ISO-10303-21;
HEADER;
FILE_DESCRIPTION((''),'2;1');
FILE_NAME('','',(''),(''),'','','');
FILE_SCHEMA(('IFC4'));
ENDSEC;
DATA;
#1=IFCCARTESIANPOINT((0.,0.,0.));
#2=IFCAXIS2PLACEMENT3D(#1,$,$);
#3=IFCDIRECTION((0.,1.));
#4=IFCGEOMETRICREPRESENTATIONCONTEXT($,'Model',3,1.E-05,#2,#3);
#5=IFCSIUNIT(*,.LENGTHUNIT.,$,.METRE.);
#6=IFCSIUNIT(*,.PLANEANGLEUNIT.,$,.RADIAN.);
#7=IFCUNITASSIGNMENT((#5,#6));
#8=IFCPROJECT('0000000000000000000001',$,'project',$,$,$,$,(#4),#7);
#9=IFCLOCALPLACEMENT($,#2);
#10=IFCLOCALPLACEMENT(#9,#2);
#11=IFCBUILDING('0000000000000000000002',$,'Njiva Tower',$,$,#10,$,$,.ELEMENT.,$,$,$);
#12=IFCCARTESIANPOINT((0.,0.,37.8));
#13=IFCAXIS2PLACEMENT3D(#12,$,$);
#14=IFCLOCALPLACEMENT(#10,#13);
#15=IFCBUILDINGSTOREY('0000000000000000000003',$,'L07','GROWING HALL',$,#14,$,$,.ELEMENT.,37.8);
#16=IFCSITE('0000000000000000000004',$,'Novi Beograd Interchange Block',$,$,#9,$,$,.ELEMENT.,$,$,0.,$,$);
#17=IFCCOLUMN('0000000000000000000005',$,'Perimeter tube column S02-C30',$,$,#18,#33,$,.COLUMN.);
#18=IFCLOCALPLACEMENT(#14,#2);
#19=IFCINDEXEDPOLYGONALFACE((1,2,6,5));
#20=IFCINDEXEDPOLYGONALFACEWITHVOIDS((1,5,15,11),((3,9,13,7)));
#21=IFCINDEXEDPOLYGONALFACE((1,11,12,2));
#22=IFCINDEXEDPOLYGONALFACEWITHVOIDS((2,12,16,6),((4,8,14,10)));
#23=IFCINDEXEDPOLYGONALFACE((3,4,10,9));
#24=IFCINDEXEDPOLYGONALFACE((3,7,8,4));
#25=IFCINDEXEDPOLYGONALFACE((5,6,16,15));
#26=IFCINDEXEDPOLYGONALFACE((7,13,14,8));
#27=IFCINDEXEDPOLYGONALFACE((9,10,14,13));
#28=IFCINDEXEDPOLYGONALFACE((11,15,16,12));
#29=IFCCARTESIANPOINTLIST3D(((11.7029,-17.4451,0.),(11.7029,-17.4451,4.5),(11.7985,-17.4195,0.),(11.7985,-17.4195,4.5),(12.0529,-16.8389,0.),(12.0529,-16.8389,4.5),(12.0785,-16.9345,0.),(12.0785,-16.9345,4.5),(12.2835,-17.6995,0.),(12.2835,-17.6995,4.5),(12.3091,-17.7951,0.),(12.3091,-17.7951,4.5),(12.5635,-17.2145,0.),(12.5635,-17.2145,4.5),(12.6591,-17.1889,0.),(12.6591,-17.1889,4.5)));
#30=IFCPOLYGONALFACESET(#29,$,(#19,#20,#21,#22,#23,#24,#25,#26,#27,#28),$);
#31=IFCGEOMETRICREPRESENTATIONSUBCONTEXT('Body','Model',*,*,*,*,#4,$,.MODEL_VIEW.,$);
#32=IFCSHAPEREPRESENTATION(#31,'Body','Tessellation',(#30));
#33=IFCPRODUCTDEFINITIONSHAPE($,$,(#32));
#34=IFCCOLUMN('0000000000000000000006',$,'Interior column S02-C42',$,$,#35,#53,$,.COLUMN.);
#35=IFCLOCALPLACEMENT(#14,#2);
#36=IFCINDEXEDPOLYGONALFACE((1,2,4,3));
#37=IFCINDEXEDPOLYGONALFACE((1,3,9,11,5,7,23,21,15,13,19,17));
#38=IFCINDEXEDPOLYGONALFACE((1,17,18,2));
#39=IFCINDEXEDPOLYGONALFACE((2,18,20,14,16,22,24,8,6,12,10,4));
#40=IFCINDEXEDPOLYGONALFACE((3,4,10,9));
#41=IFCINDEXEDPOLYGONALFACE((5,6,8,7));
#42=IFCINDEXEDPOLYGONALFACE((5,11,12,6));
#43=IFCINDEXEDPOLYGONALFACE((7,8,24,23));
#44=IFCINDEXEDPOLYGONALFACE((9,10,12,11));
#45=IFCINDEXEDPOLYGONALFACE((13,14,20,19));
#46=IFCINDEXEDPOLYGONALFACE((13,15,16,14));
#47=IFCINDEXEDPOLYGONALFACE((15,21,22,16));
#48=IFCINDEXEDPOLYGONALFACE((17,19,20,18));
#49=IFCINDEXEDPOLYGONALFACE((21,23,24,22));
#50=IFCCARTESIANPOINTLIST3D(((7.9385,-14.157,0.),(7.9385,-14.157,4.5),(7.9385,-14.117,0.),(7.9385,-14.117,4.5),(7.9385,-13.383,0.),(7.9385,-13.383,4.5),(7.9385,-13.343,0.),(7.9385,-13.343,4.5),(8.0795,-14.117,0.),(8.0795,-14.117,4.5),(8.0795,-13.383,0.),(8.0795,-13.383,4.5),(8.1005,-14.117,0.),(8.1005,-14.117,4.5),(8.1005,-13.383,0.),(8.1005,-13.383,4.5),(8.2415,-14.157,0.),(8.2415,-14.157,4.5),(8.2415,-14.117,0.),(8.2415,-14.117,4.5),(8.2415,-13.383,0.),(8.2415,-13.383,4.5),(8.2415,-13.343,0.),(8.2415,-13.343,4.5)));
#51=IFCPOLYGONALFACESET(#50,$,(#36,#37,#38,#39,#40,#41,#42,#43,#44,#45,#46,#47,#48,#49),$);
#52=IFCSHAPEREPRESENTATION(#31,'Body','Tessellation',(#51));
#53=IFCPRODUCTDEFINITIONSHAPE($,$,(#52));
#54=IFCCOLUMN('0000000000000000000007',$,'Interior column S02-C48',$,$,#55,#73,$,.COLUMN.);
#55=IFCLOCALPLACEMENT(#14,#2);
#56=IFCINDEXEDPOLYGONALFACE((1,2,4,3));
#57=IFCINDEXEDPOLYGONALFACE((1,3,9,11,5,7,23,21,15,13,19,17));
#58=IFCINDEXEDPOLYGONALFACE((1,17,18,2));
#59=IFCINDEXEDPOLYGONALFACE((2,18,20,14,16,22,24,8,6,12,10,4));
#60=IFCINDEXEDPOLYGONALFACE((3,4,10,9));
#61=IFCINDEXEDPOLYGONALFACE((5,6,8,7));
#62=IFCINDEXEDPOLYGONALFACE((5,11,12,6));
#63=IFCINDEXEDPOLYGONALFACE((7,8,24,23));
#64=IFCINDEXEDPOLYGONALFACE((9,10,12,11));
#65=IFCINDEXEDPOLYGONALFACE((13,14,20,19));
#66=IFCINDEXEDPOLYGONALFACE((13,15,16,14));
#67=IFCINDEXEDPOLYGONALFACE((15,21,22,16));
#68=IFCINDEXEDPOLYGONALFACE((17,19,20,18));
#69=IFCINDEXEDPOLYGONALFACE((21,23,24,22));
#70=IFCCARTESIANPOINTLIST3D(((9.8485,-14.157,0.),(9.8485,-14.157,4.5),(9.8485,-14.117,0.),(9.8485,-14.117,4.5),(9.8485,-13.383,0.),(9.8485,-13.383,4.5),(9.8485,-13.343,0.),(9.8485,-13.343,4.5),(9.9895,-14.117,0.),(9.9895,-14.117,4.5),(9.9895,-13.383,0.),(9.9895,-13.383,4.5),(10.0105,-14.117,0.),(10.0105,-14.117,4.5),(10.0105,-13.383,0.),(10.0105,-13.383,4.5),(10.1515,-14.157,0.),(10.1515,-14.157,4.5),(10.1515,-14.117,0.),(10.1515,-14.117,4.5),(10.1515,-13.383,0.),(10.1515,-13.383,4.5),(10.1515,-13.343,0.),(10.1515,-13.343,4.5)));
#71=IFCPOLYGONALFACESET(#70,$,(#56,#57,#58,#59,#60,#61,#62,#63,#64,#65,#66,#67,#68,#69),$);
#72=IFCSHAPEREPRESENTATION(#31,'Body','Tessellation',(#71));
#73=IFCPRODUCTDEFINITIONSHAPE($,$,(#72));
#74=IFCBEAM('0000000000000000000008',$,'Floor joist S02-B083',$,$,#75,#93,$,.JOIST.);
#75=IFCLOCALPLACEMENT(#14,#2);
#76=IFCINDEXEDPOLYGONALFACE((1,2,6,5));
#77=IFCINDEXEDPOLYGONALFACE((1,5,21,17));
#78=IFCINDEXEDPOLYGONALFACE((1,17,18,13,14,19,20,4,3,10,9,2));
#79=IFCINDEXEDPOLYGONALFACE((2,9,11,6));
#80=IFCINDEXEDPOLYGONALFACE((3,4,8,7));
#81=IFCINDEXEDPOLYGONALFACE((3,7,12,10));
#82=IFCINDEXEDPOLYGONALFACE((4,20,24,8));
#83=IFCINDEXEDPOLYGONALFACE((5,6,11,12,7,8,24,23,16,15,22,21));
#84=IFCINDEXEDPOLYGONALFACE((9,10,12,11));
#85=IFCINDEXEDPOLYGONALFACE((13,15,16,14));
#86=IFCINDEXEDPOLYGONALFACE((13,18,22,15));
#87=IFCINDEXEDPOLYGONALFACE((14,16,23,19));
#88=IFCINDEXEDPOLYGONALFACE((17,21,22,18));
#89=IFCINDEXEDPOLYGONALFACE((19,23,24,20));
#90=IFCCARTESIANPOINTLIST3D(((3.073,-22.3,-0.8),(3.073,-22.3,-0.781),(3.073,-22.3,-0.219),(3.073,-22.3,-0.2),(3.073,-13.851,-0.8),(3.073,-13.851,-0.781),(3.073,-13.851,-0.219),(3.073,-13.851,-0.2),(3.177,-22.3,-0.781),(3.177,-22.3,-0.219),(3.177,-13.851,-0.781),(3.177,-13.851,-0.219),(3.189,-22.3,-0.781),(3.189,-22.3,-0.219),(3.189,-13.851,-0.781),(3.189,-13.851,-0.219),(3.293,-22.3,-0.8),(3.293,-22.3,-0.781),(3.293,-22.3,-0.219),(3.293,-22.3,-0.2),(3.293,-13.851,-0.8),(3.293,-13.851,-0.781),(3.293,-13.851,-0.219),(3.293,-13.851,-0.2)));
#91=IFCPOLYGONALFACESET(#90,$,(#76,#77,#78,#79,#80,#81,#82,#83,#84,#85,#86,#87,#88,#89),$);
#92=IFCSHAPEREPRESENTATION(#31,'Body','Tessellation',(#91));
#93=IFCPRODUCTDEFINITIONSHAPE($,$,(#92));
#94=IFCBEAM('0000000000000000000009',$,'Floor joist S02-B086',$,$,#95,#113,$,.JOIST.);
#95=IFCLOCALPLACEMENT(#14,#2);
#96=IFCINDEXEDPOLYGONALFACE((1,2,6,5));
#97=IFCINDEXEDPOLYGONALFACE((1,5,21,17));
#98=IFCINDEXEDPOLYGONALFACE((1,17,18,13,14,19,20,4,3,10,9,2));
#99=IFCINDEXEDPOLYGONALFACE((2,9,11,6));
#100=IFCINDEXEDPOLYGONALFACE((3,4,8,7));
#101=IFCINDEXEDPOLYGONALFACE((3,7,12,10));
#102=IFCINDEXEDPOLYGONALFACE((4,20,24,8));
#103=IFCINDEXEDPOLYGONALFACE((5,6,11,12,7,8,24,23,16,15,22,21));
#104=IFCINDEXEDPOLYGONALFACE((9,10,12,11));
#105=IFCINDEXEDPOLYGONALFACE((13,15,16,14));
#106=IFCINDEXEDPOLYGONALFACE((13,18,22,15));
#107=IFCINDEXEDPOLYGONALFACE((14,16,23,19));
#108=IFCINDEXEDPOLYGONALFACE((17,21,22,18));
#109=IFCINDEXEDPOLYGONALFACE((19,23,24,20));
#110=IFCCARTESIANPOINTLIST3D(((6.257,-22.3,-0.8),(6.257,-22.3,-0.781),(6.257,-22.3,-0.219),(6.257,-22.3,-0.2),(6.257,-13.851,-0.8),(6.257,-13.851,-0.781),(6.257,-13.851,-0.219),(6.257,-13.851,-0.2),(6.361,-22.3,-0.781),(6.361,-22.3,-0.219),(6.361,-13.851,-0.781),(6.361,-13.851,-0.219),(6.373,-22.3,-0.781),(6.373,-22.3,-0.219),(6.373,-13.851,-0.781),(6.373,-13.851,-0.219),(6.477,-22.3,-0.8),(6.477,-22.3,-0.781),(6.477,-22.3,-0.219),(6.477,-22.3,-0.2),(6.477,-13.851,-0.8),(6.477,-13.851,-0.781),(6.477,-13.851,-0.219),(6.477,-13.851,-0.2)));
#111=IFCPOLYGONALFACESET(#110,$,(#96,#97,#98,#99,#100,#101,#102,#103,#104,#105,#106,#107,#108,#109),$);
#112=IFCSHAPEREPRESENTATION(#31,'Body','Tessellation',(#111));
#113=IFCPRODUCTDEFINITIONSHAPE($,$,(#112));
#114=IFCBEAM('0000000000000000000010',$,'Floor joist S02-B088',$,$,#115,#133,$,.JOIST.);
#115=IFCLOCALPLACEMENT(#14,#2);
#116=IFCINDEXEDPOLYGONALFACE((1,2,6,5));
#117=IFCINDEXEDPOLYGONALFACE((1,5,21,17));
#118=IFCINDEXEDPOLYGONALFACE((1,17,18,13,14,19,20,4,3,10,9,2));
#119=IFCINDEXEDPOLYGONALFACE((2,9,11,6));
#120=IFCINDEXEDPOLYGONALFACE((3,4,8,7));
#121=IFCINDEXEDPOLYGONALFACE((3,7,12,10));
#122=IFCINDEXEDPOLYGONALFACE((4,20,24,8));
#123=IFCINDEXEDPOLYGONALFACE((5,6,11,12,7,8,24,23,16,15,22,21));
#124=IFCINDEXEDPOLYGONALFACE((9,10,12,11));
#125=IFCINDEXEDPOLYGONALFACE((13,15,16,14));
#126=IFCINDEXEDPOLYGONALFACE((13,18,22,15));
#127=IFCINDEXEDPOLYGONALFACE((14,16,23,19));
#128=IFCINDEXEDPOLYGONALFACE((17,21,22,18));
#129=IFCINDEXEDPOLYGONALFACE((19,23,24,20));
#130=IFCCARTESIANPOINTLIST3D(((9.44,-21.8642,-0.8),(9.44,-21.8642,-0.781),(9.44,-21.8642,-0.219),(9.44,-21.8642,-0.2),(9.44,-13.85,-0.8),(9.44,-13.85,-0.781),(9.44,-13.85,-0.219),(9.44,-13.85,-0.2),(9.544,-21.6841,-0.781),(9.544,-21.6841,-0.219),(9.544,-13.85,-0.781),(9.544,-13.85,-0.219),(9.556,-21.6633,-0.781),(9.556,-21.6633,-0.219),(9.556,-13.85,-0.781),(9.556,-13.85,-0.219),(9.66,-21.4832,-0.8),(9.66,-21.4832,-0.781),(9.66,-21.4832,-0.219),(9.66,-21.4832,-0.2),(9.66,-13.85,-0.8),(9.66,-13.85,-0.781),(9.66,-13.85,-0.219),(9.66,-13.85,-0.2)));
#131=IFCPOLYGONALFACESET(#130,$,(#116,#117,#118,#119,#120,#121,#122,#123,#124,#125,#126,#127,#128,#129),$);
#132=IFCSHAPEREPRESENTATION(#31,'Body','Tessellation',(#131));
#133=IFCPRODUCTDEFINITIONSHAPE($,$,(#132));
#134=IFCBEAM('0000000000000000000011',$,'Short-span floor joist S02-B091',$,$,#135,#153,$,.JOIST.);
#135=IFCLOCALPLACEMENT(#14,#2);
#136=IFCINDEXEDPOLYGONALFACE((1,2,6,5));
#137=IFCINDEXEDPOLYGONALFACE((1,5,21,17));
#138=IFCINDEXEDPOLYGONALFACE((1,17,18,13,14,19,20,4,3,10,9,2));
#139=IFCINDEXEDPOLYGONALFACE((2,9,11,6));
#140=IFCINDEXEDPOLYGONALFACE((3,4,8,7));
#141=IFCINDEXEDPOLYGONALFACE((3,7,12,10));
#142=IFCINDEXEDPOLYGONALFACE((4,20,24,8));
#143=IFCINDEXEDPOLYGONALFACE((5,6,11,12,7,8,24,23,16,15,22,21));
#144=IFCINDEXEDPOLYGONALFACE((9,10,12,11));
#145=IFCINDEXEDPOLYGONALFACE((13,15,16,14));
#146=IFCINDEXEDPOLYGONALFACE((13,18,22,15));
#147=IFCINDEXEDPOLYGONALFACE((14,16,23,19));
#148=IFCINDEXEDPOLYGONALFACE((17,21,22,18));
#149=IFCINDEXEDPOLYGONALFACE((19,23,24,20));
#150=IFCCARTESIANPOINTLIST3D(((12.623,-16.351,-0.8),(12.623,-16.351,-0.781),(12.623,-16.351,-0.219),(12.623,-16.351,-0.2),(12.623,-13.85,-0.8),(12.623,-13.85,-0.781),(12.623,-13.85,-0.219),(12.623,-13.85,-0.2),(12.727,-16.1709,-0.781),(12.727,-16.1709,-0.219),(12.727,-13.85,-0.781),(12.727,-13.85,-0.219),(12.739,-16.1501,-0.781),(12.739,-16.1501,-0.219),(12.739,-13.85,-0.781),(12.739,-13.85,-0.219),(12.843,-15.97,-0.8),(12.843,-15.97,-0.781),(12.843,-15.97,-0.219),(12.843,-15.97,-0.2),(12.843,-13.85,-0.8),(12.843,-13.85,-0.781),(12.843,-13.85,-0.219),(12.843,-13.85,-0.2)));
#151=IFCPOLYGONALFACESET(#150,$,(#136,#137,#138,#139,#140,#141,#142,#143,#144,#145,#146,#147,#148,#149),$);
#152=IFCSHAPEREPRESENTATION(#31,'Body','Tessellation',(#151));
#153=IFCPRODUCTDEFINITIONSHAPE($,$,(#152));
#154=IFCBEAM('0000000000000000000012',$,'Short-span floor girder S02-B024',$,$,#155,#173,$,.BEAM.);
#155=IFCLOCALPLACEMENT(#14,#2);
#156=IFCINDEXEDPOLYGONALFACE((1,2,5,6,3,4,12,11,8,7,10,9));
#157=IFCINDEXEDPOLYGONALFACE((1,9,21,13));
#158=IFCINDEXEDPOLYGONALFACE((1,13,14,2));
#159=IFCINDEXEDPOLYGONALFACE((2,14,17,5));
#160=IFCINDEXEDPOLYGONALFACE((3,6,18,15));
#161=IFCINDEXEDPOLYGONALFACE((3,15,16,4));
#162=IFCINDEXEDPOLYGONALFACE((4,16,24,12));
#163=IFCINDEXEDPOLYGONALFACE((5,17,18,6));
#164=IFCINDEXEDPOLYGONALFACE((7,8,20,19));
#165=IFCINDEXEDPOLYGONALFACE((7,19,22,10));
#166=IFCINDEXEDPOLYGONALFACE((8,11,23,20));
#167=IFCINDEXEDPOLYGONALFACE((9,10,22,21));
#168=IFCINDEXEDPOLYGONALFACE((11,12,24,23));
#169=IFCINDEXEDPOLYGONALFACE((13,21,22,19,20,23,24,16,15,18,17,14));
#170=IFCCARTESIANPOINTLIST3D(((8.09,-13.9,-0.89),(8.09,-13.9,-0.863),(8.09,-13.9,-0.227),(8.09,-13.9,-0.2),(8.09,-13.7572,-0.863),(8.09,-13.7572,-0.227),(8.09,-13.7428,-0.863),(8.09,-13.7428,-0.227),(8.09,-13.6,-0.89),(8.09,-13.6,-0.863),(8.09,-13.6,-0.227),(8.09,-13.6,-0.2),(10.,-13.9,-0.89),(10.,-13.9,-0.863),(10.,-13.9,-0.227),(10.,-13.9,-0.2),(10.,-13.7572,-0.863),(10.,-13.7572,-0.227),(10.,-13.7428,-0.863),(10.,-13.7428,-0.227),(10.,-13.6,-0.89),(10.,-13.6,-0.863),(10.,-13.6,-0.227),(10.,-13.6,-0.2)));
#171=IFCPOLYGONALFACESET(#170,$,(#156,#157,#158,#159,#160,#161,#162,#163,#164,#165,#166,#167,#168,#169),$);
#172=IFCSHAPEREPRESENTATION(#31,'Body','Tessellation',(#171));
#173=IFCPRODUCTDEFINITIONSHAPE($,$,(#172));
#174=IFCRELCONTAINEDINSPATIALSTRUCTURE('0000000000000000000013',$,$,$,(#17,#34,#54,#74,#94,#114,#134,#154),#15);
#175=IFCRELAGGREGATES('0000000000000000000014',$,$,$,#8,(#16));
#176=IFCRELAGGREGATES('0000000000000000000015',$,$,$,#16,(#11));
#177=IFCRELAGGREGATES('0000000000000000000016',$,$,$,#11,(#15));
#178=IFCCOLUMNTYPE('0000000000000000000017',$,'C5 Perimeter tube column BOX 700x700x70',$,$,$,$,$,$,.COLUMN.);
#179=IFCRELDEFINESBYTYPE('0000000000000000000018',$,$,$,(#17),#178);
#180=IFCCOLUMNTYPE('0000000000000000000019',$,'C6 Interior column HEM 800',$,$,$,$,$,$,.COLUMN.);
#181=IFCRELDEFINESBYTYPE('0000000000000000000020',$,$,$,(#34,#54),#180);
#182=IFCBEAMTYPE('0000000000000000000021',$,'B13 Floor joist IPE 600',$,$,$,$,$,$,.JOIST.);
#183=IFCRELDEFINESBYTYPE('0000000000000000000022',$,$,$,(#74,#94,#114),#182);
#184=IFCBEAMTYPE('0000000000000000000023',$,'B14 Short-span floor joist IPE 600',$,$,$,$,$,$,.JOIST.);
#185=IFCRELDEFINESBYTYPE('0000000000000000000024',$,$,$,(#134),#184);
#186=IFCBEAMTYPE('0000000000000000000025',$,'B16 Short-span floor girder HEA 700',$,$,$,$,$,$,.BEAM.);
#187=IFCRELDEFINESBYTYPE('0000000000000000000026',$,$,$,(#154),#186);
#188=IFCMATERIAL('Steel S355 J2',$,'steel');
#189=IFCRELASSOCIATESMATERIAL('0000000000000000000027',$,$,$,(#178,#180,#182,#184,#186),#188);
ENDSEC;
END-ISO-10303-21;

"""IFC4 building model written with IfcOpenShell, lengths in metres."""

from ifc_helpers import new_model, si_unit, direction, frame, origin, origin_2d, place, context, subcontext, project, spatial, hollow_rectangle, i_section, extrude, clip, halfspace, material, material_profile, profile_set, type_object, element, save


model = new_model("IFC4")

# Units and contexts
model_context = context("Model", 3, precision=1e-05, world=origin(), true_north=direction((0.0, 1.0)))
body_context = subcontext(model_context, "Body", "Model", "MODEL_VIEW")
ifc_project = project(units=[si_unit("LENGTHUNIT", "METRE"), si_unit("PLANEANGLEUNIT", "RADIAN")], contexts=[model_context])

# Site, building, storey
site_placement = place(None, origin())
site = spatial("IfcSite", under=ifc_project, at=site_placement, Name="Novi Beograd Interchange Block", CompositionType="ELEMENT", RefElevation=0.0)
building_placement = place(site_placement, origin())
building = spatial("IfcBuilding", under=site, at=building_placement, Name="Njiva Tower", CompositionType="ELEMENT")
storey_placement = place(building_placement, frame((0.0, 0.0, 37.8)))
storey = spatial("IfcBuildingStorey", under=building, at=storey_placement, Name="L07", Description="GROWING HALL", CompositionType="ELEMENT", Elevation=37.8)

# Columns
ifc_material_1 = material(Name="Steel S355 J2", Category="steel")
ifc_material_profile_1 = material_profile(ifc_material_1, hollow_rectangle(XDim=0.7, YDim=0.7, WallThickness=0.07, at=origin_2d()), Name="BOX 700x700x70")
ifc_profile_set_1 = profile_set([ifc_material_profile_1], Name="Steel S355 J2")
column_type_1 = type_object("IfcColumnType", Name="C5 Perimeter tube column BOX 700x700x70", PredefinedType="COLUMN", material=ifc_profile_set_1)
column_placement = place(storey_placement, frame((12.181, -17.317, 0.0), z_axis=(0.0, 0.0, 1.0), x_axis=(0.5, 0.866025, 0.0)))
element("IfcColumn", 1, at=column_placement, inside=storey, type_object=column_type_1, Name="Perimeter tube column S02-C30", PredefinedType="COLUMN", context=body_context, shape_type="SweptSolid", body=[
    extrude(hollow_rectangle(XDim=0.7, YDim=0.7, WallThickness=0.07, at=origin_2d()), origin(), (0.0, 0.0, 1.0), 4.5),
])
ifc_material_profile_2 = material_profile(ifc_material_1, i_section(OverallWidth=0.303, OverallDepth=0.814, WebThickness=0.021, FlangeThickness=0.04, at=origin_2d()), Name="HEM 800")
ifc_profile_set_2 = profile_set([ifc_material_profile_2], Name="Steel S355 J2")
column_type_2 = type_object("IfcColumnType", Name="C6 Interior column HEM 800", PredefinedType="COLUMN", material=ifc_profile_set_2)
for number, where, z_axis, x_axis, name in (
    (2, (8.09, -13.75, 0.0), (0.0, 0.0, 1.0), (1.0, 0.0, 0.0), "Interior column S02-C42"),
    (3, (10.0, -13.75, 0.0), (0.0, 0.0, 1.0), (1.0, 0.0, 0.0), "Interior column S02-C48"),
):
    element("IfcColumn", number, at=place(storey_placement, frame(where, z_axis=z_axis, x_axis=x_axis)), inside=storey, type_object=column_type_2, Name=name, PredefinedType="COLUMN", context=body_context, shape_type="SweptSolid", body=[
        extrude(i_section(OverallWidth=0.303, OverallDepth=0.814, WebThickness=0.021, FlangeThickness=0.04, at=origin_2d()), origin(), (0.0, 0.0, 1.0), 4.5),
    ])

# Beams
ifc_material_profile_3 = material_profile(ifc_material_1, i_section(OverallWidth=0.22, OverallDepth=0.6, WebThickness=0.012, FlangeThickness=0.019, at=origin_2d()), Name="IPE 600")
ifc_profile_set_3 = profile_set([ifc_material_profile_3], Name="Steel S355 J2")
beam_type_1 = type_object("IfcBeamType", Name="B13 Floor joist IPE 600", PredefinedType="JOIST", material=ifc_profile_set_3)
for number, where, z_axis, x_axis, name in (
    (4, (3.183, -13.851, -0.5), (0.0, -1.0, 0.0), (1.0, 0.0, 0.0), "Floor joist S02-B083"),
    (5, (6.367, -13.851, -0.5), (0.0, -1.0, 0.0), (1.0, 0.0, 0.0), "Floor joist S02-B086"),
):
    element("IfcBeam", number, at=place(storey_placement, frame(where, z_axis=z_axis, x_axis=x_axis)), inside=storey, type_object=beam_type_1, Name=name, PredefinedType="JOIST", context=body_context, shape_type="SweptSolid", body=[
        extrude(i_section(OverallWidth=0.22, OverallDepth=0.6, WebThickness=0.012, FlangeThickness=0.019, at=origin_2d()), origin(), (0.0, 0.0, 1.0), 8.449),
    ])
beam_1_placement = place(storey_placement, frame((9.55, -13.85, -0.5), z_axis=(0.0, -1.0, 0.0), x_axis=(1.0, 0.0, 0.0)))
element("IfcBeam", 6, at=beam_1_placement, inside=storey, type_object=beam_type_1, Name="Floor joist S02-B088", PredefinedType="JOIST", context=body_context, shape_type="Clipping", body=[
    clip(extrude(i_section(OverallWidth=0.22, OverallDepth=0.6, WebThickness=0.012, FlangeThickness=0.019, at=origin_2d()), origin(), (0.0, 0.0, 1.0), 8.035), halfspace(frame((0.0433, 0.0, 7.7487), z_axis=(0.866027, 0.0, 0.499998), x_axis=(0.0, 1.0, 0.0)), False)),
])
ifc_material_profile_4 = material_profile(ifc_material_1, i_section(OverallWidth=0.22, OverallDepth=0.6, WebThickness=0.012, FlangeThickness=0.019, at=origin_2d()), Name="IPE 600")
ifc_profile_set_4 = profile_set([ifc_material_profile_4], Name="Steel S355 J2")
beam_type_2 = type_object("IfcBeamType", Name="B14 Short-span floor joist IPE 600", PredefinedType="JOIST", material=ifc_profile_set_4)
beam_2_placement = place(storey_placement, frame((12.733, -13.85, -0.5), z_axis=(0.0, -1.0, 0.0), x_axis=(1.0, 0.0, 0.0)))
element("IfcBeam", 7, at=beam_2_placement, inside=storey, type_object=beam_type_2, Name="Short-span floor joist S02-B091", PredefinedType="JOIST", context=body_context, shape_type="Clipping", body=[
    clip(extrude(i_section(OverallWidth=0.22, OverallDepth=0.6, WebThickness=0.012, FlangeThickness=0.019, at=origin_2d()), origin(), (0.0, 0.0, 1.0), 2.521), halfspace(frame((0.0436, 0.0, 2.235), z_axis=(0.866027, 0.0, 0.499998), x_axis=(0.0, 1.0, 0.0)), False)),
])
ifc_material_profile_5 = material_profile(ifc_material_1, i_section(OverallWidth=0.3, OverallDepth=0.69, WebThickness=0.0145, FlangeThickness=0.027, at=origin_2d()), Name="HEA 700")
ifc_profile_set_5 = profile_set([ifc_material_profile_5], Name="Steel S355 J2")
beam_type_3 = type_object("IfcBeamType", Name="B16 Short-span floor girder HEA 700", PredefinedType="BEAM", material=ifc_profile_set_5)
beam_3_placement = place(storey_placement, frame((8.09, -13.75, -0.545), z_axis=(1.0, 0.0, 0.0), x_axis=(0.0, 1.0, 0.0)))
element("IfcBeam", 8, at=beam_3_placement, inside=storey, type_object=beam_type_3, Name="Short-span floor girder S02-B024", PredefinedType="BEAM", context=body_context, shape_type="SweptSolid", body=[
    extrude(i_section(OverallWidth=0.3, OverallDepth=0.69, WebThickness=0.0145, FlangeThickness=0.027, at=origin_2d()), origin(), (0.0, 0.0, 1.0), 1.91),
])

save(model, "model.ifc")
